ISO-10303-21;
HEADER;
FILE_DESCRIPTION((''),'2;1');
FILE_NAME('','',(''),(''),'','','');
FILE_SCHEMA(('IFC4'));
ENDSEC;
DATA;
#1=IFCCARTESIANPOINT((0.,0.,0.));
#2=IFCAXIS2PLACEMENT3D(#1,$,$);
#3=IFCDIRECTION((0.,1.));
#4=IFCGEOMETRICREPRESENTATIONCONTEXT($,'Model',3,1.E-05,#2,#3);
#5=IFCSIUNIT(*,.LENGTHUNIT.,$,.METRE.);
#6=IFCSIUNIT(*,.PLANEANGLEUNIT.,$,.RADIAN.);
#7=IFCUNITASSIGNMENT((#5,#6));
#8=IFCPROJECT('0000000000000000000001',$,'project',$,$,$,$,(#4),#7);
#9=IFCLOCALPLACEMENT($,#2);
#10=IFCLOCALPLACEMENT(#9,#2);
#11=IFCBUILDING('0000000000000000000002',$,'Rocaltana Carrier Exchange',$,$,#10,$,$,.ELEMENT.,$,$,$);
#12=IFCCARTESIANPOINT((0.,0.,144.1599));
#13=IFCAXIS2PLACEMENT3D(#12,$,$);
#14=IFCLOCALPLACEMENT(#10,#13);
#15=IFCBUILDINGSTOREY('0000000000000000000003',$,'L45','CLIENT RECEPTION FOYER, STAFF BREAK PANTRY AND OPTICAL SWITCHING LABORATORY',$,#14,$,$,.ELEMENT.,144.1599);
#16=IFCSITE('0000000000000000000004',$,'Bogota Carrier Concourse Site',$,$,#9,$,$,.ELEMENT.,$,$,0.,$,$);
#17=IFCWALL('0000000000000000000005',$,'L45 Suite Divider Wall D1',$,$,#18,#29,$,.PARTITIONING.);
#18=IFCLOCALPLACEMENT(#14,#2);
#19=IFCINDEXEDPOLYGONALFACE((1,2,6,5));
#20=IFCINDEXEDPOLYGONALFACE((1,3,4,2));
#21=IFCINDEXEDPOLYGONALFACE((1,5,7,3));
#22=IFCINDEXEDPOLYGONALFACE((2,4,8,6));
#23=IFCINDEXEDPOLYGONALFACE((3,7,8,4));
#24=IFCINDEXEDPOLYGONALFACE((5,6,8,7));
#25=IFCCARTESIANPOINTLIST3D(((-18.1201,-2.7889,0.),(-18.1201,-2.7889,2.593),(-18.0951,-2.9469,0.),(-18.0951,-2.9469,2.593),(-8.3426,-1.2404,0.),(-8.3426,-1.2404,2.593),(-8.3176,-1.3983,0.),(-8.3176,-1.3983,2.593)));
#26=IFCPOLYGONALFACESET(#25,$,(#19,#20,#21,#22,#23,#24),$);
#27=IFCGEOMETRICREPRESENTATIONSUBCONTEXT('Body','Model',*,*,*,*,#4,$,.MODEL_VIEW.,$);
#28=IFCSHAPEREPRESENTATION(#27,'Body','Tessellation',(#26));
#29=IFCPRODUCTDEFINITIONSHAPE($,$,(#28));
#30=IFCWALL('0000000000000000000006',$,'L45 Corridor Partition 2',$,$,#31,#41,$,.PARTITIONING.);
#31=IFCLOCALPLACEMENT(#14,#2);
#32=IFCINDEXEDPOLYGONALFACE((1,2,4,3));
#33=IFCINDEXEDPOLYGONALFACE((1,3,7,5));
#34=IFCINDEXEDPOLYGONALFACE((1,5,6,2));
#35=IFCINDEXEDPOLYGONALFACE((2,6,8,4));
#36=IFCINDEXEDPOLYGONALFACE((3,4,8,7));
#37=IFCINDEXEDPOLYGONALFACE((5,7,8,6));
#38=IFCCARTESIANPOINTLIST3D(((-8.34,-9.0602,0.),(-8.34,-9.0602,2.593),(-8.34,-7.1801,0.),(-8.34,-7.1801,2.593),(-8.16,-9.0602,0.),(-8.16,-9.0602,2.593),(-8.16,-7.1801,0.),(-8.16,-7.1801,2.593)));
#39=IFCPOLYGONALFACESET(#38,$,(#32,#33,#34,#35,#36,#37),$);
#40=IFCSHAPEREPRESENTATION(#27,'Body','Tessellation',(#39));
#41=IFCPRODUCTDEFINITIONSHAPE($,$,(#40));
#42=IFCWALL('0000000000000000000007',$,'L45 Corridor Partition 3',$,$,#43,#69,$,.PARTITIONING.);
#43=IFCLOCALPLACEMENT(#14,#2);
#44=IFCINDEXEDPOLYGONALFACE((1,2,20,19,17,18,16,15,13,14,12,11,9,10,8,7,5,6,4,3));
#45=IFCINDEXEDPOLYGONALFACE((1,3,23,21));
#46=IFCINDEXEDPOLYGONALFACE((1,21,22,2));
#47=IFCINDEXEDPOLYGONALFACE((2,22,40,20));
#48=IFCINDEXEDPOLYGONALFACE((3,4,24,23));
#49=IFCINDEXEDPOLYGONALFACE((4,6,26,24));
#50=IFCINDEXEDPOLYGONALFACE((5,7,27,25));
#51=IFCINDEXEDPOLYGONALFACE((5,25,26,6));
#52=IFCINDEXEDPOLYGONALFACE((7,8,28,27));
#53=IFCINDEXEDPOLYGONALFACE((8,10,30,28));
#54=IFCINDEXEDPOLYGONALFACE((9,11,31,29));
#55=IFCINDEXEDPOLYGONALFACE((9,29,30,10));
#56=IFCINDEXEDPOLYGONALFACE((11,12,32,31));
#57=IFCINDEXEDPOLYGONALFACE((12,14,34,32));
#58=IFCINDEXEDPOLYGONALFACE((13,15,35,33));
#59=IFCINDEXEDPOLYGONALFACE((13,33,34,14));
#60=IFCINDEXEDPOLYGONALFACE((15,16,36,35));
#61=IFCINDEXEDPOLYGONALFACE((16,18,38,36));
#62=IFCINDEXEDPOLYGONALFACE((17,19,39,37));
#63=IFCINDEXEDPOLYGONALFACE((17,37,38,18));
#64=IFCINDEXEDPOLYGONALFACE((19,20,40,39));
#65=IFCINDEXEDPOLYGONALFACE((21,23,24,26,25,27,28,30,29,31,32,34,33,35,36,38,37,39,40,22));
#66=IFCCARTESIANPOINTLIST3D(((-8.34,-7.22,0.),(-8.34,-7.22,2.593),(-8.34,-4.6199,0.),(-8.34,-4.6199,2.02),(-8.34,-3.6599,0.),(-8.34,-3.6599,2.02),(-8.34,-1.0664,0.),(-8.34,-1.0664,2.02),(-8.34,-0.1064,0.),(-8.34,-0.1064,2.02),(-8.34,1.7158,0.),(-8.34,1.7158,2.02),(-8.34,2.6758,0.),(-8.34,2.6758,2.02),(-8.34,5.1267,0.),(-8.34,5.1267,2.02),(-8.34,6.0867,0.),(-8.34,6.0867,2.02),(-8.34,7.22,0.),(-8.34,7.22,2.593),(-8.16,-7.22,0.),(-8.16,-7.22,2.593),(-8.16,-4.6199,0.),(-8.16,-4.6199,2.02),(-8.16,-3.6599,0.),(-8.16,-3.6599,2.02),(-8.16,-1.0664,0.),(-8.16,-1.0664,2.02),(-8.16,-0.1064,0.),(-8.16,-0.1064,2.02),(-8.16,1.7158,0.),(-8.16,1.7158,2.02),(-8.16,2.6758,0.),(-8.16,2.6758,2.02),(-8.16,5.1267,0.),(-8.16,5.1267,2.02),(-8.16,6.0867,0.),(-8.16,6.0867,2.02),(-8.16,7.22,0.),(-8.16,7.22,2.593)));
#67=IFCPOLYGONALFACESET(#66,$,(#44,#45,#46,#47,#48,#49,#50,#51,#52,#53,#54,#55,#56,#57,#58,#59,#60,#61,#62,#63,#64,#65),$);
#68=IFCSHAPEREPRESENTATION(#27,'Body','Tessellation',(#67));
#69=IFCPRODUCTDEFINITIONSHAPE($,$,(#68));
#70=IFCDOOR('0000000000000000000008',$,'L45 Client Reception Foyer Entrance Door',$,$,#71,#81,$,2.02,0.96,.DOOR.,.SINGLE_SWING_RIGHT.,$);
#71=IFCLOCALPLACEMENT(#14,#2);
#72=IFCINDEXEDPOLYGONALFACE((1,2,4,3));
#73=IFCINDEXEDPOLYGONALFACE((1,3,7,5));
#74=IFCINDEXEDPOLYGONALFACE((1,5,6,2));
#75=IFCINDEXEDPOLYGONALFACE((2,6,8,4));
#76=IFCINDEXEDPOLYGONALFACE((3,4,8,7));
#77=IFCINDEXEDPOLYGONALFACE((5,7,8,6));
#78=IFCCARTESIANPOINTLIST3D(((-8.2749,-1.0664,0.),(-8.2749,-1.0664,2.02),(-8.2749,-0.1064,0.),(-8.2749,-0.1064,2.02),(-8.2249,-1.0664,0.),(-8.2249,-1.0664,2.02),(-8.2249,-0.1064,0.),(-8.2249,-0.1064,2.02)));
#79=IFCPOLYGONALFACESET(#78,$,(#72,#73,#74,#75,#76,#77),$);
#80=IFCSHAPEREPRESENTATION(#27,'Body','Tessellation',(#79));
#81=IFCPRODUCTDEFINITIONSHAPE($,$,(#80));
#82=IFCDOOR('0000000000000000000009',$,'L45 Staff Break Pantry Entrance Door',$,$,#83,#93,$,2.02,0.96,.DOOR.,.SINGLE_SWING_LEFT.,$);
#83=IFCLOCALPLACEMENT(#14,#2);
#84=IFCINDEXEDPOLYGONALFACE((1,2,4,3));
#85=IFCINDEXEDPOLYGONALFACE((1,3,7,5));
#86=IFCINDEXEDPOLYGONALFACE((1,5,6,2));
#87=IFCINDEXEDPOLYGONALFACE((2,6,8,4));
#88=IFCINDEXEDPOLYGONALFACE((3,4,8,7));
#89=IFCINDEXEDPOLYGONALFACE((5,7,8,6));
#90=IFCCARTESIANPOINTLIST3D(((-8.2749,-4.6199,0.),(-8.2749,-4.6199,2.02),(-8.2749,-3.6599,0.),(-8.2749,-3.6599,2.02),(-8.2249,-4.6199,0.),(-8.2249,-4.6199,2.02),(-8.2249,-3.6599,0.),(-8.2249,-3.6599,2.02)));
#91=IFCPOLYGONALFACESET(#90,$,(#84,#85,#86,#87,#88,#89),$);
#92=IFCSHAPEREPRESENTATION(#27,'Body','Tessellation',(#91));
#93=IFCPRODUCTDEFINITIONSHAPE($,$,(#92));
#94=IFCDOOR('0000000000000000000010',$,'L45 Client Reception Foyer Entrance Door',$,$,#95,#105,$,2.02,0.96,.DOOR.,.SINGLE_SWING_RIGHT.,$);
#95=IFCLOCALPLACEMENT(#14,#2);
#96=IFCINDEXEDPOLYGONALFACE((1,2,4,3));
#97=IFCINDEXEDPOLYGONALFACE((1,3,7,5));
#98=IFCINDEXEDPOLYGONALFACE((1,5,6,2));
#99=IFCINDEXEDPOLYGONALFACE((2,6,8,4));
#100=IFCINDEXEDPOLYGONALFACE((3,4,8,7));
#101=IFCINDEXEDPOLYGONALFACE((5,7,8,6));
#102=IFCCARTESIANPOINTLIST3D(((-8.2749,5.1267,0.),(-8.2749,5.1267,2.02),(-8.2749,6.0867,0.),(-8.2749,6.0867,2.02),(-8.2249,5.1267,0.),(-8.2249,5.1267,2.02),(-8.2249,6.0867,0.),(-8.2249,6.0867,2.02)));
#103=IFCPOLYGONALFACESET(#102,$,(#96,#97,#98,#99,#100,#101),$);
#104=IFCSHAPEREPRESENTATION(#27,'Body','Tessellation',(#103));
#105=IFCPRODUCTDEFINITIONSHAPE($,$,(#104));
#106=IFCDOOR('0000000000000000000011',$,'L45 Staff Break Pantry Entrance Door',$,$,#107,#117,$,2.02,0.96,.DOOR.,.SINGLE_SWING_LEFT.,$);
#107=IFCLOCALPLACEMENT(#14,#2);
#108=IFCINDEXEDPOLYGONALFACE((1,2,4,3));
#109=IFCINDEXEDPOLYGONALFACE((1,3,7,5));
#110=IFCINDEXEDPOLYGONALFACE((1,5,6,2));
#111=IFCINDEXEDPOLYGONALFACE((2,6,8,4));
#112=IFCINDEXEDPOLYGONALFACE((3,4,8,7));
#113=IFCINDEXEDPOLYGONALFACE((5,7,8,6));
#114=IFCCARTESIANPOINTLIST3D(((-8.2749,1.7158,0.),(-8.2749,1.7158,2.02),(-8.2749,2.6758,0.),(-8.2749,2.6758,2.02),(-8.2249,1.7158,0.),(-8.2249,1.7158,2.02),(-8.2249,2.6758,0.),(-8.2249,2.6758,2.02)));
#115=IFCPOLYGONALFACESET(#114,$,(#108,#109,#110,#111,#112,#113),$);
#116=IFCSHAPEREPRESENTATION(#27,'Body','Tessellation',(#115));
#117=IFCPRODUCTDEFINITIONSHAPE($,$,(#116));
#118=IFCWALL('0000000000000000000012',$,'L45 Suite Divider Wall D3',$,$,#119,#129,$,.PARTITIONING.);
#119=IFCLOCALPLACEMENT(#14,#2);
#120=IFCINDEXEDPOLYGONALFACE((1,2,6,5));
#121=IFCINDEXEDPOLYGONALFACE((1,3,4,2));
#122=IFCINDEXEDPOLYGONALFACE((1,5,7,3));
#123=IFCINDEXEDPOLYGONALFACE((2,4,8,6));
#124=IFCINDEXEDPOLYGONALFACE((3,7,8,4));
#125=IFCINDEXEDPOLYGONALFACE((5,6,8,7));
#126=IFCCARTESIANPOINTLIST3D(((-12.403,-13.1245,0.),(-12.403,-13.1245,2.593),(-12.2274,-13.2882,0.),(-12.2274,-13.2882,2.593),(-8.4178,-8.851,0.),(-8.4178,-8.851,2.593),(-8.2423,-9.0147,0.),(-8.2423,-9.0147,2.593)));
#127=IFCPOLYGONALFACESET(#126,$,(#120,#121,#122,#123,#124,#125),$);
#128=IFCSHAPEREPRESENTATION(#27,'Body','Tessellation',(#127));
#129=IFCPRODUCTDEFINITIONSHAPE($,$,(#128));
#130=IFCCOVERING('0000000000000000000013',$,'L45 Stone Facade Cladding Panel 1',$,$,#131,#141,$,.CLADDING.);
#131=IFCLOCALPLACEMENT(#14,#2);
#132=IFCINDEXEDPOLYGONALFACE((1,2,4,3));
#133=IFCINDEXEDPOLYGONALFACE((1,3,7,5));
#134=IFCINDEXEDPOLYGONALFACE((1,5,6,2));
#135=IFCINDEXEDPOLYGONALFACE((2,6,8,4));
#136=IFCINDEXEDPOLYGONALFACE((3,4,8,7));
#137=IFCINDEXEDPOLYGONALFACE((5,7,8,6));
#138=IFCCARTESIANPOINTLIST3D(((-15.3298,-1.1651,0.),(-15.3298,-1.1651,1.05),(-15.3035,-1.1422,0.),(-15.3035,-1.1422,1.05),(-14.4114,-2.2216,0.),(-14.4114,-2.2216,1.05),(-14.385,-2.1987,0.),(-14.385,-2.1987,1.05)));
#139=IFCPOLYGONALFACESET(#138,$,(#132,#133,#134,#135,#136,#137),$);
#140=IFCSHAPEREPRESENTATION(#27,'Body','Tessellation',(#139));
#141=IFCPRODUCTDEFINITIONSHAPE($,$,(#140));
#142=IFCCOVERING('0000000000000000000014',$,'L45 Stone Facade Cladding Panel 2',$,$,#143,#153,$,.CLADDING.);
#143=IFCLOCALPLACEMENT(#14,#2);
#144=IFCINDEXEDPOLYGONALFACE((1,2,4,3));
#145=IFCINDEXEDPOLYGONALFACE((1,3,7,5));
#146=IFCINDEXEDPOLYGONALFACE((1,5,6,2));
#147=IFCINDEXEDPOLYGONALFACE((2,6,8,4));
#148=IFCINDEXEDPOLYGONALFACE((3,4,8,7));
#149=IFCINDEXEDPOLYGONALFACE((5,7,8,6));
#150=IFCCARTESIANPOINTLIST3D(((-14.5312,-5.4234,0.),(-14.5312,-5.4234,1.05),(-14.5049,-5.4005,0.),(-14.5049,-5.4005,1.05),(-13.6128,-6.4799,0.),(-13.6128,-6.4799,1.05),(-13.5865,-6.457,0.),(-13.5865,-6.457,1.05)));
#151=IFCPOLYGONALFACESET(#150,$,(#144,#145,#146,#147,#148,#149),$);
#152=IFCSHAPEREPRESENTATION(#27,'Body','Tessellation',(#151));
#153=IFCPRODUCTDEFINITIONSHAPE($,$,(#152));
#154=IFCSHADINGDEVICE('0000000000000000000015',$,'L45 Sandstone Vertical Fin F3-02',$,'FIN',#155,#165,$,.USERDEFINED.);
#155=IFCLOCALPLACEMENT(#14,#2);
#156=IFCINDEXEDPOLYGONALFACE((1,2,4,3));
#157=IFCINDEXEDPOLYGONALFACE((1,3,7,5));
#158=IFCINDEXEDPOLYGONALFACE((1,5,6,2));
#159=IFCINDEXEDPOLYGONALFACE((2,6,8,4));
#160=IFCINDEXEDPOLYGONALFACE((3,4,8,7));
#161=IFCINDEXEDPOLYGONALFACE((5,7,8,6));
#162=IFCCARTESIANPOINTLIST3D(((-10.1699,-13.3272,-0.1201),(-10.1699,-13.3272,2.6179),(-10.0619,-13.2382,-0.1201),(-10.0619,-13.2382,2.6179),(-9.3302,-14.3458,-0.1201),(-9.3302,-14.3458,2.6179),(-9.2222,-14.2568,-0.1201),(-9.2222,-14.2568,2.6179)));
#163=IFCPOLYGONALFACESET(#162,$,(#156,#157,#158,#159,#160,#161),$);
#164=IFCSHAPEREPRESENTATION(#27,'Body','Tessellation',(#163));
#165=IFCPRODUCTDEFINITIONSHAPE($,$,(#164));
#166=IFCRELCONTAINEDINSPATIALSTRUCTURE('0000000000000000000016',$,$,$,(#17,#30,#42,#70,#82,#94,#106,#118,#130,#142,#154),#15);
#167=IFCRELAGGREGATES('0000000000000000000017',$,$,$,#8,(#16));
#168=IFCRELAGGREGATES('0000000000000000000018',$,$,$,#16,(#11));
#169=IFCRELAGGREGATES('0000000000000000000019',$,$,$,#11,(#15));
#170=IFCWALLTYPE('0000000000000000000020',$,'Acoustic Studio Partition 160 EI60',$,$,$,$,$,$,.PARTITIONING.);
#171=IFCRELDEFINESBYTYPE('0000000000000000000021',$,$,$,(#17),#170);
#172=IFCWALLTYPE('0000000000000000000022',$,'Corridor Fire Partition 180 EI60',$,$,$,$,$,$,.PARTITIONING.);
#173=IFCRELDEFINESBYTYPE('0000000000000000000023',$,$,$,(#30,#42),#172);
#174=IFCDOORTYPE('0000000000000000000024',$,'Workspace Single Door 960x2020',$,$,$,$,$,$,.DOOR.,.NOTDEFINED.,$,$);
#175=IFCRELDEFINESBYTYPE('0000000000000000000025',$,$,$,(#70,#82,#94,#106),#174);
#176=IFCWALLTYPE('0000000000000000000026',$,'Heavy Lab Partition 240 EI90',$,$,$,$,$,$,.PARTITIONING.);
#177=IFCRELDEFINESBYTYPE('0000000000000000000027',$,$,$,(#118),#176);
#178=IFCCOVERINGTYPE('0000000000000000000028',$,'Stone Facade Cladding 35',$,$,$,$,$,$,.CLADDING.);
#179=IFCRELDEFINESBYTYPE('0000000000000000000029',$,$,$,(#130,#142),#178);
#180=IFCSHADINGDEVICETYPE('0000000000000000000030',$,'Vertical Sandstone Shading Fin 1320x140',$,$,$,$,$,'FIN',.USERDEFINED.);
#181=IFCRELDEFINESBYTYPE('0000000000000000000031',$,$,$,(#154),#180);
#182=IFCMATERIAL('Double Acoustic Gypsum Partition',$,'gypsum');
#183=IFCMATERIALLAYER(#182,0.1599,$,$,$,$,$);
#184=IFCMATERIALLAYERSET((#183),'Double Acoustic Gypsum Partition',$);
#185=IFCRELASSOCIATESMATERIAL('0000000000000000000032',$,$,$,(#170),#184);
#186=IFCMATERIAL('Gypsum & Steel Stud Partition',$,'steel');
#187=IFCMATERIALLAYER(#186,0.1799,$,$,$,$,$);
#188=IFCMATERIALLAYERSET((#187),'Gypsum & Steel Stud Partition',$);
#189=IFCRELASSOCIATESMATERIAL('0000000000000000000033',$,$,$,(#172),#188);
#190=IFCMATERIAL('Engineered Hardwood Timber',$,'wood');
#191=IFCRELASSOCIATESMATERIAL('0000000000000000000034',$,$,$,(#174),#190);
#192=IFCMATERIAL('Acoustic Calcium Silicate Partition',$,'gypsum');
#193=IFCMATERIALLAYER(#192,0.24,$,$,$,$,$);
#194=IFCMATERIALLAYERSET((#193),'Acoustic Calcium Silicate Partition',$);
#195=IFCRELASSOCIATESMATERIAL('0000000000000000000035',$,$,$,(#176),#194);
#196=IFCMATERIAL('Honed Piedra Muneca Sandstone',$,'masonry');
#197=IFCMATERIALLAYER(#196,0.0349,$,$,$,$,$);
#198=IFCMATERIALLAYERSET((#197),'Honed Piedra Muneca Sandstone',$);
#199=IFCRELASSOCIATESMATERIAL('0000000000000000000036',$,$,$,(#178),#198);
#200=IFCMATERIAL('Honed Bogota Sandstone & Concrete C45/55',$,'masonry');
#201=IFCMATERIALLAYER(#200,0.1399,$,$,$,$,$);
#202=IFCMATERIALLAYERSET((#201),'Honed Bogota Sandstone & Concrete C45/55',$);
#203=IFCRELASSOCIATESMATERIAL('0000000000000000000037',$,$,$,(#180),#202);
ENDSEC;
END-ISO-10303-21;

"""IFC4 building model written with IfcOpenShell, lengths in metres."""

from ifc_helpers import new_model, si_unit, direction, frame, frame_2d, origin, origin_2d, place, context, subcontext, project, spatial, rectangle, extrude, material, layer, layer_set, type_object, element, fill, save


model = new_model("IFC4")

# Units and contexts
model_context = context("Model", 3, precision=1e-05, world=origin(), true_north=direction((0.0, 1.0)))
body_context = subcontext(model_context, "Body", "Model", "MODEL_VIEW")
ifc_project = project(units=[si_unit("LENGTHUNIT", "METRE"), si_unit("PLANEANGLEUNIT", "RADIAN")], contexts=[model_context])

# Site, building, storey
site_placement = place(None, origin())
site = spatial("IfcSite", under=ifc_project, at=site_placement, Name="Bogota Carrier Concourse Site", CompositionType="ELEMENT", RefElevation=0.0)
building_placement = place(site_placement, origin())
building = spatial("IfcBuilding", under=site, at=building_placement, Name="Rocaltana Carrier Exchange", CompositionType="ELEMENT")
storey_placement = place(building_placement, frame((0.0, 0.0, 144.1599)))
storey = spatial("IfcBuildingStorey", under=building, at=storey_placement, Name="L45", Description="CLIENT RECEPTION FOYER, STAFF BREAK PANTRY AND OPTICAL SWITCHING LABORATORY", CompositionType="ELEMENT", Elevation=144.1599)

# Walls
ifc_material_1 = material(Name="Double Acoustic Gypsum Partition", Category="gypsum")
ifc_layer_1 = layer(ifc_material_1, 0.1599)
ifc_layer_set_1 = layer_set([ifc_layer_1], Name="Double Acoustic Gypsum Partition")
wall_type_1 = type_object("IfcWallType", Name="Acoustic Studio Partition 160 EI60", PredefinedType="PARTITIONING", material=ifc_layer_set_1)
wall_1_placement = place(storey_placement, frame((-8.3301, -1.3193, 0.0), z_axis=(0.0, 0.0, 1.0), x_axis=(-0.987689, -0.156431, 0.0)))
element("IfcWall", 1, at=wall_1_placement, inside=storey, type_object=wall_type_1, Name="L45 Suite Divider Wall D1", PredefinedType="PARTITIONING", context=body_context, shape_type="SweptSolid", body=[
    extrude(rectangle(XDim=9.8994, YDim=0.1599, at=frame_2d((4.9497, 0.0))), origin(), (0.0, 0.0, 1.0), 2.593),
])
ifc_material_2 = material(Name="Gypsum & Steel Stud Partition", Category="steel")
ifc_layer_2 = layer(ifc_material_2, 0.1799)
ifc_layer_set_2 = layer_set([ifc_layer_2], Name="Gypsum & Steel Stud Partition")
wall_type_2 = type_object("IfcWallType", Name="Corridor Fire Partition 180 EI60", PredefinedType="PARTITIONING", material=ifc_layer_set_2)
wall_2_placement = place(storey_placement, frame((-8.25, -9.0601, 0.0), z_axis=(0.0, 0.0, 1.0), x_axis=(0.0, 1.0, 0.0)))
element("IfcWall", 2, at=wall_2_placement, inside=storey, type_object=wall_type_2, Name="L45 Corridor Partition 2", PredefinedType="PARTITIONING", context=body_context, shape_type="SweptSolid", body=[
    extrude(rectangle(XDim=1.8801, YDim=0.1799, at=frame_2d((0.9399, 0.0))), origin(), (0.0, 0.0, 1.0), 2.593),
])

# Wall, openings, doors
wall_3_placement = place(storey_placement, frame((-8.25, -7.22, 0.0), z_axis=(0.0, 0.0, 1.0), x_axis=(0.0, 1.0, 0.0)))
wall_3 = element("IfcWall", 3, at=wall_3_placement, inside=storey, type_object=wall_type_2, Name="L45 Corridor Partition 3", PredefinedType="PARTITIONING", context=body_context, shape_type="SweptSolid", body=[
    extrude(rectangle(XDim=14.4399, YDim=0.1799, at=frame_2d((7.22, 0.0))), origin(), (0.0, 0.0, 1.0), 2.593),
])
opening_1_placement = place(wall_3_placement, frame((6.1536, 0.0, 0.0)))
opening_1 = element("IfcOpeningElement", 4, at=opening_1_placement, cuts=wall_3, PredefinedType="OPENING", context=body_context, shape_type="SweptSolid", body=[
    extrude(rectangle(XDim=0.96, YDim=2.02, at=frame_2d((0.48, 1.01))), frame((0.0, 0.0999, 0.0), z_axis=(0.0, -1.0, 0.0), x_axis=(1.0, 0.0, 0.0)), (0.0, 0.0, 1.0), 0.2),
])
opening_2_placement = place(wall_3_placement, frame((2.6001, 0.0, 0.0)))
opening_2 = element("IfcOpeningElement", 5, at=opening_2_placement, cuts=wall_3, PredefinedType="OPENING", context=body_context, shape_type="SweptSolid", body=[
    extrude(rectangle(XDim=0.96, YDim=2.02, at=frame_2d((0.48, 1.01))), frame((0.0, 0.0999, 0.0), z_axis=(0.0, -1.0, 0.0), x_axis=(1.0, 0.0, 0.0)), (0.0, 0.0, 1.0), 0.2),
])
opening_3_placement = place(wall_3_placement, frame((12.3467, 0.0, 0.0)))
opening_3 = element("IfcOpeningElement", 6, at=opening_3_placement, cuts=wall_3, PredefinedType="OPENING", context=body_context, shape_type="SweptSolid", body=[
    extrude(rectangle(XDim=0.96, YDim=2.02, at=frame_2d((0.48, 1.01))), frame((0.0, 0.0999, 0.0), z_axis=(0.0, -1.0, 0.0), x_axis=(1.0, 0.0, 0.0)), (0.0, 0.0, 1.0), 0.2),
])
opening_4_placement = place(wall_3_placement, frame((8.9358, 0.0, 0.0)))
opening_4 = element("IfcOpeningElement", 7, at=opening_4_placement, cuts=wall_3, PredefinedType="OPENING", context=body_context, shape_type="SweptSolid", body=[
    extrude(rectangle(XDim=0.96, YDim=2.02, at=frame_2d((0.48, 1.01))), frame((0.0, 0.0999, 0.0), z_axis=(0.0, -1.0, 0.0), x_axis=(1.0, 0.0, 0.0)), (0.0, 0.0, 1.0), 0.2),
])
ifc_material_3 = material(Name="Engineered Hardwood Timber", Category="wood")
door_type = type_object("IfcDoorType", Name="Workspace Single Door 960x2020", OperationType="NOTDEFINED", PredefinedType="DOOR", material=ifc_material_3)
door_1_placement = place(opening_1_placement, origin())
door_1 = element("IfcDoor", 8, at=door_1_placement, inside=storey, type_object=door_type, Name="L45 Client Reception Foyer Entrance Door", OperationType="SINGLE_SWING_RIGHT", OverallHeight=2.02, OverallWidth=0.96, PredefinedType="DOOR", context=body_context, shape_type="SweptSolid", body=[
    extrude(rectangle(XDim=0.96, YDim=2.02, at=frame_2d((0.48, 1.01))), frame((0.0, 0.0249, 0.0), z_axis=(0.0, -1.0, 0.0), x_axis=(1.0, 0.0, 0.0)), (0.0, 0.0, 1.0), 0.05),
])
fill(opening_1, door_1)
door_2_placement = place(opening_2_placement, origin())
door_2 = element("IfcDoor", 9, at=door_2_placement, inside=storey, type_object=door_type, Name="L45 Staff Break Pantry Entrance Door", OperationType="SINGLE_SWING_LEFT", OverallHeight=2.02, OverallWidth=0.96, PredefinedType="DOOR", context=body_context, shape_type="SweptSolid", body=[
    extrude(rectangle(XDim=0.96, YDim=2.02, at=frame_2d((0.48, 1.01))), frame((0.0, 0.0249, 0.0), z_axis=(0.0, -1.0, 0.0), x_axis=(1.0, 0.0, 0.0)), (0.0, 0.0, 1.0), 0.05),
])
fill(opening_2, door_2)
door_3_placement = place(opening_3_placement, origin())
door_3 = element("IfcDoor", 10, at=door_3_placement, inside=storey, type_object=door_type, Name="L45 Client Reception Foyer Entrance Door", OperationType="SINGLE_SWING_RIGHT", OverallHeight=2.02, OverallWidth=0.96, PredefinedType="DOOR", context=body_context, shape_type="SweptSolid", body=[
    extrude(rectangle(XDim=0.96, YDim=2.02, at=frame_2d((0.48, 1.01))), frame((0.0, 0.0249, 0.0), z_axis=(0.0, -1.0, 0.0), x_axis=(1.0, 0.0, 0.0)), (0.0, 0.0, 1.0), 0.05),
])
fill(opening_3, door_3)
door_4_placement = place(opening_4_placement, origin())
door_4 = element("IfcDoor", 11, at=door_4_placement, inside=storey, type_object=door_type, Name="L45 Staff Break Pantry Entrance Door", OperationType="SINGLE_SWING_LEFT", OverallHeight=2.02, OverallWidth=0.96, PredefinedType="DOOR", context=body_context, shape_type="SweptSolid", body=[
    extrude(rectangle(XDim=0.96, YDim=2.02, at=frame_2d((0.48, 1.01))), frame((0.0, 0.0249, 0.0), z_axis=(0.0, -1.0, 0.0), x_axis=(1.0, 0.0, 0.0)), (0.0, 0.0, 1.0), 0.05),
])
fill(opening_4, door_4)

# Wall
ifc_material_4 = material(Name="Acoustic Calcium Silicate Partition", Category="gypsum")
ifc_layer_3 = layer(ifc_material_4, 0.24)
ifc_layer_set_3 = layer_set([ifc_layer_3], Name="Acoustic Calcium Silicate Partition")
wall_type_3 = type_object("IfcWallType", Name="Heavy Lab Partition 240 EI90", PredefinedType="PARTITIONING", material=ifc_layer_set_3)
wall_4_placement = place(storey_placement, frame((-8.3301, -8.9329, 0.0), z_axis=(0.0, 0.0, 1.0), x_axis=(-0.682004, -0.731348, 0.0)))
element("IfcWall", 12, at=wall_4_placement, inside=storey, type_object=wall_type_3, Name="L45 Suite Divider Wall D3", PredefinedType="PARTITIONING", context=body_context, shape_type="SweptSolid", body=[
    extrude(rectangle(XDim=5.8433, YDim=0.24, at=frame_2d((2.9216, 0.0))), origin(), (0.0, 0.0, 1.0), 2.593),
])

# Coverings
ifc_material_5 = material(Name="Honed Piedra Muneca Sandstone", Category="masonry")
ifc_layer_4 = layer(ifc_material_5, 0.0349)
ifc_layer_set_4 = layer_set([ifc_layer_4], Name="Honed Piedra Muneca Sandstone")
covering_type = type_object("IfcCoveringType", Name="Stone Facade Cladding 35", PredefinedType="CLADDING", material=ifc_layer_set_4)
for number, where, z_axis, x_axis, name in (
    (13, (-14.8574, -1.6819, 0.0), (0.0, 0.0, 1.0), (-0.656059, 0.75471, 0.0), "L45 Stone Facade Cladding Panel 1"),
    (14, (-14.0588, -5.9402, 0.0), (0.0, 0.0, 1.0), (-0.656059, 0.75471, 0.0), "L45 Stone Facade Cladding Panel 2"),
):
    element("IfcCovering", number, at=place(storey_placement, frame(where, z_axis=z_axis, x_axis=x_axis)), inside=storey, type_object=covering_type, Name=name, PredefinedType="CLADDING", context=body_context, shape_type="SweptSolid", body=[
        extrude(rectangle(XDim=1.3999, YDim=0.0349, at=origin_2d()), origin(), (0.0, 0.0, 1.0), 1.05),
    ])

# Shading device
ifc_material_6 = material(Name="Honed Bogota Sandstone & Concrete C45/55", Category="masonry")
ifc_layer_5 = layer(ifc_material_6, 0.1399)
ifc_layer_set_5 = layer_set([ifc_layer_5], Name="Honed Bogota Sandstone & Concrete C45/55")
shading_device_type = type_object("IfcShadingDeviceType", Name="Vertical Sandstone Shading Fin 1320x140", ElementType="FIN", PredefinedType="USERDEFINED", material=ifc_layer_set_5)
shading_device_placement = place(storey_placement, frame((-9.696, -13.792, -0.1201), z_axis=(0.0, 0.0, 1.0), x_axis=(0.636078, -0.771625, 0.0)))
element("IfcShadingDevice", 15, at=shading_device_placement, inside=storey, type_object=shading_device_type, Name="L45 Sandstone Vertical Fin F3-02", ObjectType="FIN", PredefinedType="USERDEFINED", context=body_context, shape_type="SweptSolid", body=[
    extrude(rectangle(XDim=1.3201, YDim=0.1399, at=origin_2d()), origin(), (0.0, 0.0, 1.0), 2.738),
])

save(model, "model.ifc")
